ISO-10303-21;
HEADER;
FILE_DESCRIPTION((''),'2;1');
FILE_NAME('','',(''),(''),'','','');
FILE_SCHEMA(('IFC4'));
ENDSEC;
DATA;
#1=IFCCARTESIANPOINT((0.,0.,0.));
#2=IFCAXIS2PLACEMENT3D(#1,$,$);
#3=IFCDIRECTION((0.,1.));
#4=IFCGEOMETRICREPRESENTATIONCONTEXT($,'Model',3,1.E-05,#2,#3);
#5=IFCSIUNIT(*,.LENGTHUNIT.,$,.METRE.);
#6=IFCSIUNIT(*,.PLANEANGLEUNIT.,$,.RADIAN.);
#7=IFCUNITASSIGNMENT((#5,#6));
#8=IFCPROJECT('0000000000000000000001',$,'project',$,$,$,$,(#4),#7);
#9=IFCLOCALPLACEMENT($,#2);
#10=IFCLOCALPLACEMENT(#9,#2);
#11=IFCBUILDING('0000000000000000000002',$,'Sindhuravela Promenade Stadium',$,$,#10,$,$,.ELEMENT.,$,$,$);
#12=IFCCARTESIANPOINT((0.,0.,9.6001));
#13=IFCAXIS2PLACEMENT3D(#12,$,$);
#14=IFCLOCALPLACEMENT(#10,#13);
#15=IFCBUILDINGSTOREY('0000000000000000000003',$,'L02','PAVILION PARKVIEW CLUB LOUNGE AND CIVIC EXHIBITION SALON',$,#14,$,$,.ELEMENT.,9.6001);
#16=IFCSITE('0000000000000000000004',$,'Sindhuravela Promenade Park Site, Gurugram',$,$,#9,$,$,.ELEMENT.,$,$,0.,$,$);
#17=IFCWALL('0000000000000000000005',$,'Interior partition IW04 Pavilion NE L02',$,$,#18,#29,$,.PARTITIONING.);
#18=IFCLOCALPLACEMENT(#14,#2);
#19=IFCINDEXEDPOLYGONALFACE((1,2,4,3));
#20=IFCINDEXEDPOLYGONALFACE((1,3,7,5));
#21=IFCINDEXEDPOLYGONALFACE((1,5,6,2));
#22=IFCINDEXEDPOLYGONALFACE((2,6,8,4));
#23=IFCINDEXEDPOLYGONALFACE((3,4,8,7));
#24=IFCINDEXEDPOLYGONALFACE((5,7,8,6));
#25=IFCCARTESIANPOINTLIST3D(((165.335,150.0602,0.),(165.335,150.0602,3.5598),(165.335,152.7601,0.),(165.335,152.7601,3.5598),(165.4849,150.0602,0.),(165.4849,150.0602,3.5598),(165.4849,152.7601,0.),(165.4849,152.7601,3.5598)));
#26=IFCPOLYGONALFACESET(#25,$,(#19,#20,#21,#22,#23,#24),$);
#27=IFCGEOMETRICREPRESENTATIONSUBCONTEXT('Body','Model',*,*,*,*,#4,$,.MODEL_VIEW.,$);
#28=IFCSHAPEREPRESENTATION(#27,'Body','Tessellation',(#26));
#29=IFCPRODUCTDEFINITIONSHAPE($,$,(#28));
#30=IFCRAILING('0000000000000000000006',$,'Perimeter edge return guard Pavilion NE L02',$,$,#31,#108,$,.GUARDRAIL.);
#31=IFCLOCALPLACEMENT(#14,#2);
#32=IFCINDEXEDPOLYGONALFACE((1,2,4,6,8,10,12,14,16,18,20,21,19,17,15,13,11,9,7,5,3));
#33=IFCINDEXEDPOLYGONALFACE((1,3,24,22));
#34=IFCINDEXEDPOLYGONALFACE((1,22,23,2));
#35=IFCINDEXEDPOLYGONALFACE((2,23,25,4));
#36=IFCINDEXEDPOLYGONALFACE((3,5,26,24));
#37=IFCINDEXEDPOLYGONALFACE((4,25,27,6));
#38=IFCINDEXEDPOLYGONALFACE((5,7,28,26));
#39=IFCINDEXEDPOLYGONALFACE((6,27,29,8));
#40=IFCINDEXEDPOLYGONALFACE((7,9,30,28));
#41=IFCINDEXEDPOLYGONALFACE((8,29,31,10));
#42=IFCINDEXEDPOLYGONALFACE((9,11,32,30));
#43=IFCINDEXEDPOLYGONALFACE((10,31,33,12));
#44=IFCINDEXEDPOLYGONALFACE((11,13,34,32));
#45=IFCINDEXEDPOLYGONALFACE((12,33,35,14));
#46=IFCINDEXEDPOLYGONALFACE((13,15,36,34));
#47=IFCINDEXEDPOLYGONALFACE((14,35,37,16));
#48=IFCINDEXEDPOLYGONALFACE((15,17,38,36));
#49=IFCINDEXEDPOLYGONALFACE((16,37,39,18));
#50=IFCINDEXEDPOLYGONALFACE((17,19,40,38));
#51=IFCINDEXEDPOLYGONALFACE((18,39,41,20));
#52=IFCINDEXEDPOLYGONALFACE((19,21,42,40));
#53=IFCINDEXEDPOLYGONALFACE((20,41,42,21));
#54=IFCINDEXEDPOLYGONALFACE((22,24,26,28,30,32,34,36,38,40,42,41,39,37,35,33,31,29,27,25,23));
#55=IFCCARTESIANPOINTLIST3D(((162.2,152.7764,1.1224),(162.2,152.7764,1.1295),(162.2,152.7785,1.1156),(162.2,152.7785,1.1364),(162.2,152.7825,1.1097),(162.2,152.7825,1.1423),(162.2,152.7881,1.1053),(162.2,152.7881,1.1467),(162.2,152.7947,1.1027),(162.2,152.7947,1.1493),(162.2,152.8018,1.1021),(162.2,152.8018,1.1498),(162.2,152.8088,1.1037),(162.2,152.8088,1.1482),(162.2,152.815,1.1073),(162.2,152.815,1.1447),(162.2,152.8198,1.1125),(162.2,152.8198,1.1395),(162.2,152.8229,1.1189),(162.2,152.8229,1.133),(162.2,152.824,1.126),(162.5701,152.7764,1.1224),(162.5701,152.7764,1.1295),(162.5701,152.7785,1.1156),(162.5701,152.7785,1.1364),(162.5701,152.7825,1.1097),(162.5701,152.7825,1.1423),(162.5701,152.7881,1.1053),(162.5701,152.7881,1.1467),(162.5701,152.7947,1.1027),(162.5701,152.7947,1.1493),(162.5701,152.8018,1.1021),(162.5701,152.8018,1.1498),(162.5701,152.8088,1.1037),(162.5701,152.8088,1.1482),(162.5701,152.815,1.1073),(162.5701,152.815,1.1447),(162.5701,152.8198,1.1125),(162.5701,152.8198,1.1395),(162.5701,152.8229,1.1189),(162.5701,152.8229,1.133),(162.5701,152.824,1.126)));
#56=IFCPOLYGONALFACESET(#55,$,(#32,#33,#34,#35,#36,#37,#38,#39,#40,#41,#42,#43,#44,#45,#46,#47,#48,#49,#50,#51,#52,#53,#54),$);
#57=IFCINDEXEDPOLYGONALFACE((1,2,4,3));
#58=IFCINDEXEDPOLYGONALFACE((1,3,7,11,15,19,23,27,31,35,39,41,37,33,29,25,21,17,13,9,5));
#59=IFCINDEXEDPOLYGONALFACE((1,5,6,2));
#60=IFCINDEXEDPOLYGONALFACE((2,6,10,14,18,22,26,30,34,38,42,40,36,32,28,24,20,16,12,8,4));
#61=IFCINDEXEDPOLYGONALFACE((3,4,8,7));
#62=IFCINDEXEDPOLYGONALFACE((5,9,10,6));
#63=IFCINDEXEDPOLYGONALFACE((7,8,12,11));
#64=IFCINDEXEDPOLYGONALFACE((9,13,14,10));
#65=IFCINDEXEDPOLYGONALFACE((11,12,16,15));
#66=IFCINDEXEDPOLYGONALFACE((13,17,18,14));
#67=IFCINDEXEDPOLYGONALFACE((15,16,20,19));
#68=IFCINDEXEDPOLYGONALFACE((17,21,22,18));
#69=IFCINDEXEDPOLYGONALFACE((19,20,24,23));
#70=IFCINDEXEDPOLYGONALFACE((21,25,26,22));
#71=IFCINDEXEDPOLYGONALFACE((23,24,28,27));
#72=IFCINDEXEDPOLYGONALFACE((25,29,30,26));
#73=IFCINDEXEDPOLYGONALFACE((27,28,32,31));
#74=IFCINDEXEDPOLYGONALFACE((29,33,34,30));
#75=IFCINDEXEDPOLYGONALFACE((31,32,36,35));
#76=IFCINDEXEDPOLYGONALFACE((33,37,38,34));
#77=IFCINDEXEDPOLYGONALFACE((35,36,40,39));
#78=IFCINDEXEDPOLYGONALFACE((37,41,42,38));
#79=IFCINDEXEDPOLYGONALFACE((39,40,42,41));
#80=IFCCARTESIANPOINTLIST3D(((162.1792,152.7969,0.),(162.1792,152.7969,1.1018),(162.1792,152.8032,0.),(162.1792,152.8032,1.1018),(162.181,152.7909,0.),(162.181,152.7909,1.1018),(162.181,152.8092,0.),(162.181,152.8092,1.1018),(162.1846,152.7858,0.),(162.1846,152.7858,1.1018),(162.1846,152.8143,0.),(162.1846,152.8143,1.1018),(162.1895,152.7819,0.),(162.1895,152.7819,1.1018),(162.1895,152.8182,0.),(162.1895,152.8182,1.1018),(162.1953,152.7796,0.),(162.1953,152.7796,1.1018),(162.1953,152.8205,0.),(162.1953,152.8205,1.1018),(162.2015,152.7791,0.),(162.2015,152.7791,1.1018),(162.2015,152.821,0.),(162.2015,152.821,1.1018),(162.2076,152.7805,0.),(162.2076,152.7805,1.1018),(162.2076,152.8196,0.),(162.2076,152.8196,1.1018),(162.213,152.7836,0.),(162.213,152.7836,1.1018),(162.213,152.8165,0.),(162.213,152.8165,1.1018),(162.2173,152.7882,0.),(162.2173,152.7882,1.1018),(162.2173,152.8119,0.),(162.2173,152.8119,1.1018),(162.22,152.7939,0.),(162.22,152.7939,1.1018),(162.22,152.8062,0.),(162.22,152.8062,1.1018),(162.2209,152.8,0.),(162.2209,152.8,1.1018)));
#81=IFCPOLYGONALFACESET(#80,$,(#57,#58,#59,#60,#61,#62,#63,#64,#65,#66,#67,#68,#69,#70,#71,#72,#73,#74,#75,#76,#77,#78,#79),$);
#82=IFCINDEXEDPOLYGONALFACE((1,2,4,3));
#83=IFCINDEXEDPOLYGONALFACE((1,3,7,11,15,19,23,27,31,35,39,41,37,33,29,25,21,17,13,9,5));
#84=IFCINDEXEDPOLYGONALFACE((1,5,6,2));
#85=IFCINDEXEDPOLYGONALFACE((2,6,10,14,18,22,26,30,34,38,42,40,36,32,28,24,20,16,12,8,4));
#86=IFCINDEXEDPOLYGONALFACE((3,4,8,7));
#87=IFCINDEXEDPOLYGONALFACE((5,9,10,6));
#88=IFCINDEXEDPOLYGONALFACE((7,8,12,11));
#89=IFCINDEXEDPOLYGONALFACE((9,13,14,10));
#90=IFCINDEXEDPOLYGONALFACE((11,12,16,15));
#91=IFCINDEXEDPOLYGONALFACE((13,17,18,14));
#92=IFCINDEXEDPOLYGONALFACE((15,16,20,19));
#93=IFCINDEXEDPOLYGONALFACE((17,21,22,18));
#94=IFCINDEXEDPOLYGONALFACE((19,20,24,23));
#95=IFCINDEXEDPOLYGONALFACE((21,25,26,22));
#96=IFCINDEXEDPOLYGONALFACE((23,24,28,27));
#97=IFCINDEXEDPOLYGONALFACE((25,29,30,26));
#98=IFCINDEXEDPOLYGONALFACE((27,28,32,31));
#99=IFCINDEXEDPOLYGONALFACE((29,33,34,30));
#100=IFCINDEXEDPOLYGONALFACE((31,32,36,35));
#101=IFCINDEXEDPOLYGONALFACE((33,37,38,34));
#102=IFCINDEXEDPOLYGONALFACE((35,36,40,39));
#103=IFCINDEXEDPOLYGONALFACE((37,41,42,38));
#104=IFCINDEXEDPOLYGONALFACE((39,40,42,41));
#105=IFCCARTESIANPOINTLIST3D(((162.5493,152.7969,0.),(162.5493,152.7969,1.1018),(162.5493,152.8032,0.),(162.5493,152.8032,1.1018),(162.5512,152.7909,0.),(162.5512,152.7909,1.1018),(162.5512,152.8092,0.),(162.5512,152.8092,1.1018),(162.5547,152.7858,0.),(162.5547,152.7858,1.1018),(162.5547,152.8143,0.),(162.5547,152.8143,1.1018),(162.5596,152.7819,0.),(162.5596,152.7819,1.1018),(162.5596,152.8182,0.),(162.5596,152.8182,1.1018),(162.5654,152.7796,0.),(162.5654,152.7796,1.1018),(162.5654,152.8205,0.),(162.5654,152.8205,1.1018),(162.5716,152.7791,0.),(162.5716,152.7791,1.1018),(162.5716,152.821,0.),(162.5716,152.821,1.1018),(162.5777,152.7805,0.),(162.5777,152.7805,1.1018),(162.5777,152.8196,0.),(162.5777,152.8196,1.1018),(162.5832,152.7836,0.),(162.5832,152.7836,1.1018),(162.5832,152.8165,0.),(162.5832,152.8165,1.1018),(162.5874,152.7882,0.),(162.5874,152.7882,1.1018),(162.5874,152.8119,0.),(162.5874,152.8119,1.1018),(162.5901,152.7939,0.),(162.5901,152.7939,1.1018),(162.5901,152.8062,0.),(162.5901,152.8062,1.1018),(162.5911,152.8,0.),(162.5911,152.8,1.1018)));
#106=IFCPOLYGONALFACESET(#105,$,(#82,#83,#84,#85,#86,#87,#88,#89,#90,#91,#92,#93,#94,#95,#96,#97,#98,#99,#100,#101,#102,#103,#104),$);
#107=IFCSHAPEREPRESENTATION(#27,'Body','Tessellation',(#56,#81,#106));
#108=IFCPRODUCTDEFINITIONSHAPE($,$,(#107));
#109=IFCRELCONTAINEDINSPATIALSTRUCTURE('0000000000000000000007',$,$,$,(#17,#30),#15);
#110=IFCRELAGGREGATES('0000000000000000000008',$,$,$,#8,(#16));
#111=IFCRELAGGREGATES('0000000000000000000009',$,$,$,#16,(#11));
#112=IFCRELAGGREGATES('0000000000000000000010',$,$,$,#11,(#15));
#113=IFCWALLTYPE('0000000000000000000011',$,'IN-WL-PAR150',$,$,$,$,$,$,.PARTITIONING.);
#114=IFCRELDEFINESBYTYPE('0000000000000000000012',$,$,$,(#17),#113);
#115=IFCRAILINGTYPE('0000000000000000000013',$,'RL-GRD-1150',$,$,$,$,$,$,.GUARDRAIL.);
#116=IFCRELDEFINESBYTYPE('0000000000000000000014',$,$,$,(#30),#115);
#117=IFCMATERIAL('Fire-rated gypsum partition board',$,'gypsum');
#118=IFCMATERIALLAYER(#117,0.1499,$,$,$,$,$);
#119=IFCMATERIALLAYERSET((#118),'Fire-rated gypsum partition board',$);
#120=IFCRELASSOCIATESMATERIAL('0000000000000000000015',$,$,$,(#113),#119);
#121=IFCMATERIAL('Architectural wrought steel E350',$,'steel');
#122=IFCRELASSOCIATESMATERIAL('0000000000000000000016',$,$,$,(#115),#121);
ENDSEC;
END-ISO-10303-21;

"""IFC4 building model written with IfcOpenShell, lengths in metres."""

from ifc_helpers import new_model, si_unit, direction, frame, frame_2d, origin, origin_2d, place, context, subcontext, project, spatial, rectangle, circle, extrude, material, layer, layer_set, type_object, element, save


model = new_model("IFC4")

# Units and contexts
model_context = context("Model", 3, precision=1e-05, world=origin(), true_north=direction((0.0, 1.0)))
body_context = subcontext(model_context, "Body", "Model", "MODEL_VIEW")
ifc_project = project(units=[si_unit("LENGTHUNIT", "METRE"), si_unit("PLANEANGLEUNIT", "RADIAN")], contexts=[model_context])

# Site, building, storey
site_placement = place(None, origin())
site = spatial("IfcSite", under=ifc_project, at=site_placement, Name="Sindhuravela Promenade Park Site, Gurugram", CompositionType="ELEMENT", RefElevation=0.0)
building_placement = place(site_placement, origin())
building = spatial("IfcBuilding", under=site, at=building_placement, Name="Sindhuravela Promenade Stadium", CompositionType="ELEMENT")
storey_placement = place(building_placement, frame((0.0, 0.0, 9.6001)))
storey = spatial("IfcBuildingStorey", under=building, at=storey_placement, Name="L02", Description="PAVILION PARKVIEW CLUB LOUNGE AND CIVIC EXHIBITION SALON", CompositionType="ELEMENT", Elevation=9.6001)

# Shared definitions
ifc_material_1 = material(Name="Fire-rated gypsum partition board", Category="gypsum")

# Shared definitions
ifc_layer_1 = layer(ifc_material_1, 0.1499)
ifc_layer_set_1 = layer_set([ifc_layer_1], Name="Fire-rated gypsum partition board")
wall_type_1 = type_object("IfcWallType", Name="IN-WL-PAR150", PredefinedType="PARTITIONING", material=ifc_layer_set_1)

# Wall
wall_1_placement = place(storey_placement, frame((165.4099, 150.0601, 0.0), z_axis=(0.0, 0.0, 1.0), x_axis=(0.0, 1.0, 0.0)))
element("IfcWall", 1, at=wall_1_placement, inside=storey, type_object=wall_type_1, Name="Interior partition IW04 Pavilion NE L02", PredefinedType="PARTITIONING", context=body_context, shape_type="SweptSolid", body=[
    extrude(rectangle(XDim=2.7, YDim=0.1499, at=frame_2d((1.3501, 0.0))), origin(), (0.0, 0.0, 1.0), 3.5598),
])

# Railing
ifc_material_2 = material(Name="Architectural wrought steel E350", Category="steel")
railing_type = type_object("IfcRailingType", Name="RL-GRD-1150", PredefinedType="GUARDRAIL", material=ifc_material_2)
railing_placement = place(storey_placement, frame((162.2, 152.8, 0.0)))
element("IfcRailing", 2, at=railing_placement, inside=storey, type_object=railing_type, Name="Perimeter edge return guard Pavilion NE L02", PredefinedType="GUARDRAIL", context=body_context, shape_type="SweptSolid", body=[
    extrude(circle(Radius=0.0239, at=origin_2d()), frame((0.0, 0.0, 1.126), z_axis=(1.0, 0.0, 0.0), x_axis=(0.0, 1.0, 0.0)), (0.0, 0.0, 1.0), 0.3701),
    extrude(circle(Radius=0.021, at=origin_2d()), origin(), (0.0, 0.0, 1.0), 1.1018),
    extrude(circle(Radius=0.021, at=origin_2d()), frame((0.3701, 0.0, 0.0)), (0.0, 0.0, 1.0), 1.1018),
])

save(model, "model.ifc")
